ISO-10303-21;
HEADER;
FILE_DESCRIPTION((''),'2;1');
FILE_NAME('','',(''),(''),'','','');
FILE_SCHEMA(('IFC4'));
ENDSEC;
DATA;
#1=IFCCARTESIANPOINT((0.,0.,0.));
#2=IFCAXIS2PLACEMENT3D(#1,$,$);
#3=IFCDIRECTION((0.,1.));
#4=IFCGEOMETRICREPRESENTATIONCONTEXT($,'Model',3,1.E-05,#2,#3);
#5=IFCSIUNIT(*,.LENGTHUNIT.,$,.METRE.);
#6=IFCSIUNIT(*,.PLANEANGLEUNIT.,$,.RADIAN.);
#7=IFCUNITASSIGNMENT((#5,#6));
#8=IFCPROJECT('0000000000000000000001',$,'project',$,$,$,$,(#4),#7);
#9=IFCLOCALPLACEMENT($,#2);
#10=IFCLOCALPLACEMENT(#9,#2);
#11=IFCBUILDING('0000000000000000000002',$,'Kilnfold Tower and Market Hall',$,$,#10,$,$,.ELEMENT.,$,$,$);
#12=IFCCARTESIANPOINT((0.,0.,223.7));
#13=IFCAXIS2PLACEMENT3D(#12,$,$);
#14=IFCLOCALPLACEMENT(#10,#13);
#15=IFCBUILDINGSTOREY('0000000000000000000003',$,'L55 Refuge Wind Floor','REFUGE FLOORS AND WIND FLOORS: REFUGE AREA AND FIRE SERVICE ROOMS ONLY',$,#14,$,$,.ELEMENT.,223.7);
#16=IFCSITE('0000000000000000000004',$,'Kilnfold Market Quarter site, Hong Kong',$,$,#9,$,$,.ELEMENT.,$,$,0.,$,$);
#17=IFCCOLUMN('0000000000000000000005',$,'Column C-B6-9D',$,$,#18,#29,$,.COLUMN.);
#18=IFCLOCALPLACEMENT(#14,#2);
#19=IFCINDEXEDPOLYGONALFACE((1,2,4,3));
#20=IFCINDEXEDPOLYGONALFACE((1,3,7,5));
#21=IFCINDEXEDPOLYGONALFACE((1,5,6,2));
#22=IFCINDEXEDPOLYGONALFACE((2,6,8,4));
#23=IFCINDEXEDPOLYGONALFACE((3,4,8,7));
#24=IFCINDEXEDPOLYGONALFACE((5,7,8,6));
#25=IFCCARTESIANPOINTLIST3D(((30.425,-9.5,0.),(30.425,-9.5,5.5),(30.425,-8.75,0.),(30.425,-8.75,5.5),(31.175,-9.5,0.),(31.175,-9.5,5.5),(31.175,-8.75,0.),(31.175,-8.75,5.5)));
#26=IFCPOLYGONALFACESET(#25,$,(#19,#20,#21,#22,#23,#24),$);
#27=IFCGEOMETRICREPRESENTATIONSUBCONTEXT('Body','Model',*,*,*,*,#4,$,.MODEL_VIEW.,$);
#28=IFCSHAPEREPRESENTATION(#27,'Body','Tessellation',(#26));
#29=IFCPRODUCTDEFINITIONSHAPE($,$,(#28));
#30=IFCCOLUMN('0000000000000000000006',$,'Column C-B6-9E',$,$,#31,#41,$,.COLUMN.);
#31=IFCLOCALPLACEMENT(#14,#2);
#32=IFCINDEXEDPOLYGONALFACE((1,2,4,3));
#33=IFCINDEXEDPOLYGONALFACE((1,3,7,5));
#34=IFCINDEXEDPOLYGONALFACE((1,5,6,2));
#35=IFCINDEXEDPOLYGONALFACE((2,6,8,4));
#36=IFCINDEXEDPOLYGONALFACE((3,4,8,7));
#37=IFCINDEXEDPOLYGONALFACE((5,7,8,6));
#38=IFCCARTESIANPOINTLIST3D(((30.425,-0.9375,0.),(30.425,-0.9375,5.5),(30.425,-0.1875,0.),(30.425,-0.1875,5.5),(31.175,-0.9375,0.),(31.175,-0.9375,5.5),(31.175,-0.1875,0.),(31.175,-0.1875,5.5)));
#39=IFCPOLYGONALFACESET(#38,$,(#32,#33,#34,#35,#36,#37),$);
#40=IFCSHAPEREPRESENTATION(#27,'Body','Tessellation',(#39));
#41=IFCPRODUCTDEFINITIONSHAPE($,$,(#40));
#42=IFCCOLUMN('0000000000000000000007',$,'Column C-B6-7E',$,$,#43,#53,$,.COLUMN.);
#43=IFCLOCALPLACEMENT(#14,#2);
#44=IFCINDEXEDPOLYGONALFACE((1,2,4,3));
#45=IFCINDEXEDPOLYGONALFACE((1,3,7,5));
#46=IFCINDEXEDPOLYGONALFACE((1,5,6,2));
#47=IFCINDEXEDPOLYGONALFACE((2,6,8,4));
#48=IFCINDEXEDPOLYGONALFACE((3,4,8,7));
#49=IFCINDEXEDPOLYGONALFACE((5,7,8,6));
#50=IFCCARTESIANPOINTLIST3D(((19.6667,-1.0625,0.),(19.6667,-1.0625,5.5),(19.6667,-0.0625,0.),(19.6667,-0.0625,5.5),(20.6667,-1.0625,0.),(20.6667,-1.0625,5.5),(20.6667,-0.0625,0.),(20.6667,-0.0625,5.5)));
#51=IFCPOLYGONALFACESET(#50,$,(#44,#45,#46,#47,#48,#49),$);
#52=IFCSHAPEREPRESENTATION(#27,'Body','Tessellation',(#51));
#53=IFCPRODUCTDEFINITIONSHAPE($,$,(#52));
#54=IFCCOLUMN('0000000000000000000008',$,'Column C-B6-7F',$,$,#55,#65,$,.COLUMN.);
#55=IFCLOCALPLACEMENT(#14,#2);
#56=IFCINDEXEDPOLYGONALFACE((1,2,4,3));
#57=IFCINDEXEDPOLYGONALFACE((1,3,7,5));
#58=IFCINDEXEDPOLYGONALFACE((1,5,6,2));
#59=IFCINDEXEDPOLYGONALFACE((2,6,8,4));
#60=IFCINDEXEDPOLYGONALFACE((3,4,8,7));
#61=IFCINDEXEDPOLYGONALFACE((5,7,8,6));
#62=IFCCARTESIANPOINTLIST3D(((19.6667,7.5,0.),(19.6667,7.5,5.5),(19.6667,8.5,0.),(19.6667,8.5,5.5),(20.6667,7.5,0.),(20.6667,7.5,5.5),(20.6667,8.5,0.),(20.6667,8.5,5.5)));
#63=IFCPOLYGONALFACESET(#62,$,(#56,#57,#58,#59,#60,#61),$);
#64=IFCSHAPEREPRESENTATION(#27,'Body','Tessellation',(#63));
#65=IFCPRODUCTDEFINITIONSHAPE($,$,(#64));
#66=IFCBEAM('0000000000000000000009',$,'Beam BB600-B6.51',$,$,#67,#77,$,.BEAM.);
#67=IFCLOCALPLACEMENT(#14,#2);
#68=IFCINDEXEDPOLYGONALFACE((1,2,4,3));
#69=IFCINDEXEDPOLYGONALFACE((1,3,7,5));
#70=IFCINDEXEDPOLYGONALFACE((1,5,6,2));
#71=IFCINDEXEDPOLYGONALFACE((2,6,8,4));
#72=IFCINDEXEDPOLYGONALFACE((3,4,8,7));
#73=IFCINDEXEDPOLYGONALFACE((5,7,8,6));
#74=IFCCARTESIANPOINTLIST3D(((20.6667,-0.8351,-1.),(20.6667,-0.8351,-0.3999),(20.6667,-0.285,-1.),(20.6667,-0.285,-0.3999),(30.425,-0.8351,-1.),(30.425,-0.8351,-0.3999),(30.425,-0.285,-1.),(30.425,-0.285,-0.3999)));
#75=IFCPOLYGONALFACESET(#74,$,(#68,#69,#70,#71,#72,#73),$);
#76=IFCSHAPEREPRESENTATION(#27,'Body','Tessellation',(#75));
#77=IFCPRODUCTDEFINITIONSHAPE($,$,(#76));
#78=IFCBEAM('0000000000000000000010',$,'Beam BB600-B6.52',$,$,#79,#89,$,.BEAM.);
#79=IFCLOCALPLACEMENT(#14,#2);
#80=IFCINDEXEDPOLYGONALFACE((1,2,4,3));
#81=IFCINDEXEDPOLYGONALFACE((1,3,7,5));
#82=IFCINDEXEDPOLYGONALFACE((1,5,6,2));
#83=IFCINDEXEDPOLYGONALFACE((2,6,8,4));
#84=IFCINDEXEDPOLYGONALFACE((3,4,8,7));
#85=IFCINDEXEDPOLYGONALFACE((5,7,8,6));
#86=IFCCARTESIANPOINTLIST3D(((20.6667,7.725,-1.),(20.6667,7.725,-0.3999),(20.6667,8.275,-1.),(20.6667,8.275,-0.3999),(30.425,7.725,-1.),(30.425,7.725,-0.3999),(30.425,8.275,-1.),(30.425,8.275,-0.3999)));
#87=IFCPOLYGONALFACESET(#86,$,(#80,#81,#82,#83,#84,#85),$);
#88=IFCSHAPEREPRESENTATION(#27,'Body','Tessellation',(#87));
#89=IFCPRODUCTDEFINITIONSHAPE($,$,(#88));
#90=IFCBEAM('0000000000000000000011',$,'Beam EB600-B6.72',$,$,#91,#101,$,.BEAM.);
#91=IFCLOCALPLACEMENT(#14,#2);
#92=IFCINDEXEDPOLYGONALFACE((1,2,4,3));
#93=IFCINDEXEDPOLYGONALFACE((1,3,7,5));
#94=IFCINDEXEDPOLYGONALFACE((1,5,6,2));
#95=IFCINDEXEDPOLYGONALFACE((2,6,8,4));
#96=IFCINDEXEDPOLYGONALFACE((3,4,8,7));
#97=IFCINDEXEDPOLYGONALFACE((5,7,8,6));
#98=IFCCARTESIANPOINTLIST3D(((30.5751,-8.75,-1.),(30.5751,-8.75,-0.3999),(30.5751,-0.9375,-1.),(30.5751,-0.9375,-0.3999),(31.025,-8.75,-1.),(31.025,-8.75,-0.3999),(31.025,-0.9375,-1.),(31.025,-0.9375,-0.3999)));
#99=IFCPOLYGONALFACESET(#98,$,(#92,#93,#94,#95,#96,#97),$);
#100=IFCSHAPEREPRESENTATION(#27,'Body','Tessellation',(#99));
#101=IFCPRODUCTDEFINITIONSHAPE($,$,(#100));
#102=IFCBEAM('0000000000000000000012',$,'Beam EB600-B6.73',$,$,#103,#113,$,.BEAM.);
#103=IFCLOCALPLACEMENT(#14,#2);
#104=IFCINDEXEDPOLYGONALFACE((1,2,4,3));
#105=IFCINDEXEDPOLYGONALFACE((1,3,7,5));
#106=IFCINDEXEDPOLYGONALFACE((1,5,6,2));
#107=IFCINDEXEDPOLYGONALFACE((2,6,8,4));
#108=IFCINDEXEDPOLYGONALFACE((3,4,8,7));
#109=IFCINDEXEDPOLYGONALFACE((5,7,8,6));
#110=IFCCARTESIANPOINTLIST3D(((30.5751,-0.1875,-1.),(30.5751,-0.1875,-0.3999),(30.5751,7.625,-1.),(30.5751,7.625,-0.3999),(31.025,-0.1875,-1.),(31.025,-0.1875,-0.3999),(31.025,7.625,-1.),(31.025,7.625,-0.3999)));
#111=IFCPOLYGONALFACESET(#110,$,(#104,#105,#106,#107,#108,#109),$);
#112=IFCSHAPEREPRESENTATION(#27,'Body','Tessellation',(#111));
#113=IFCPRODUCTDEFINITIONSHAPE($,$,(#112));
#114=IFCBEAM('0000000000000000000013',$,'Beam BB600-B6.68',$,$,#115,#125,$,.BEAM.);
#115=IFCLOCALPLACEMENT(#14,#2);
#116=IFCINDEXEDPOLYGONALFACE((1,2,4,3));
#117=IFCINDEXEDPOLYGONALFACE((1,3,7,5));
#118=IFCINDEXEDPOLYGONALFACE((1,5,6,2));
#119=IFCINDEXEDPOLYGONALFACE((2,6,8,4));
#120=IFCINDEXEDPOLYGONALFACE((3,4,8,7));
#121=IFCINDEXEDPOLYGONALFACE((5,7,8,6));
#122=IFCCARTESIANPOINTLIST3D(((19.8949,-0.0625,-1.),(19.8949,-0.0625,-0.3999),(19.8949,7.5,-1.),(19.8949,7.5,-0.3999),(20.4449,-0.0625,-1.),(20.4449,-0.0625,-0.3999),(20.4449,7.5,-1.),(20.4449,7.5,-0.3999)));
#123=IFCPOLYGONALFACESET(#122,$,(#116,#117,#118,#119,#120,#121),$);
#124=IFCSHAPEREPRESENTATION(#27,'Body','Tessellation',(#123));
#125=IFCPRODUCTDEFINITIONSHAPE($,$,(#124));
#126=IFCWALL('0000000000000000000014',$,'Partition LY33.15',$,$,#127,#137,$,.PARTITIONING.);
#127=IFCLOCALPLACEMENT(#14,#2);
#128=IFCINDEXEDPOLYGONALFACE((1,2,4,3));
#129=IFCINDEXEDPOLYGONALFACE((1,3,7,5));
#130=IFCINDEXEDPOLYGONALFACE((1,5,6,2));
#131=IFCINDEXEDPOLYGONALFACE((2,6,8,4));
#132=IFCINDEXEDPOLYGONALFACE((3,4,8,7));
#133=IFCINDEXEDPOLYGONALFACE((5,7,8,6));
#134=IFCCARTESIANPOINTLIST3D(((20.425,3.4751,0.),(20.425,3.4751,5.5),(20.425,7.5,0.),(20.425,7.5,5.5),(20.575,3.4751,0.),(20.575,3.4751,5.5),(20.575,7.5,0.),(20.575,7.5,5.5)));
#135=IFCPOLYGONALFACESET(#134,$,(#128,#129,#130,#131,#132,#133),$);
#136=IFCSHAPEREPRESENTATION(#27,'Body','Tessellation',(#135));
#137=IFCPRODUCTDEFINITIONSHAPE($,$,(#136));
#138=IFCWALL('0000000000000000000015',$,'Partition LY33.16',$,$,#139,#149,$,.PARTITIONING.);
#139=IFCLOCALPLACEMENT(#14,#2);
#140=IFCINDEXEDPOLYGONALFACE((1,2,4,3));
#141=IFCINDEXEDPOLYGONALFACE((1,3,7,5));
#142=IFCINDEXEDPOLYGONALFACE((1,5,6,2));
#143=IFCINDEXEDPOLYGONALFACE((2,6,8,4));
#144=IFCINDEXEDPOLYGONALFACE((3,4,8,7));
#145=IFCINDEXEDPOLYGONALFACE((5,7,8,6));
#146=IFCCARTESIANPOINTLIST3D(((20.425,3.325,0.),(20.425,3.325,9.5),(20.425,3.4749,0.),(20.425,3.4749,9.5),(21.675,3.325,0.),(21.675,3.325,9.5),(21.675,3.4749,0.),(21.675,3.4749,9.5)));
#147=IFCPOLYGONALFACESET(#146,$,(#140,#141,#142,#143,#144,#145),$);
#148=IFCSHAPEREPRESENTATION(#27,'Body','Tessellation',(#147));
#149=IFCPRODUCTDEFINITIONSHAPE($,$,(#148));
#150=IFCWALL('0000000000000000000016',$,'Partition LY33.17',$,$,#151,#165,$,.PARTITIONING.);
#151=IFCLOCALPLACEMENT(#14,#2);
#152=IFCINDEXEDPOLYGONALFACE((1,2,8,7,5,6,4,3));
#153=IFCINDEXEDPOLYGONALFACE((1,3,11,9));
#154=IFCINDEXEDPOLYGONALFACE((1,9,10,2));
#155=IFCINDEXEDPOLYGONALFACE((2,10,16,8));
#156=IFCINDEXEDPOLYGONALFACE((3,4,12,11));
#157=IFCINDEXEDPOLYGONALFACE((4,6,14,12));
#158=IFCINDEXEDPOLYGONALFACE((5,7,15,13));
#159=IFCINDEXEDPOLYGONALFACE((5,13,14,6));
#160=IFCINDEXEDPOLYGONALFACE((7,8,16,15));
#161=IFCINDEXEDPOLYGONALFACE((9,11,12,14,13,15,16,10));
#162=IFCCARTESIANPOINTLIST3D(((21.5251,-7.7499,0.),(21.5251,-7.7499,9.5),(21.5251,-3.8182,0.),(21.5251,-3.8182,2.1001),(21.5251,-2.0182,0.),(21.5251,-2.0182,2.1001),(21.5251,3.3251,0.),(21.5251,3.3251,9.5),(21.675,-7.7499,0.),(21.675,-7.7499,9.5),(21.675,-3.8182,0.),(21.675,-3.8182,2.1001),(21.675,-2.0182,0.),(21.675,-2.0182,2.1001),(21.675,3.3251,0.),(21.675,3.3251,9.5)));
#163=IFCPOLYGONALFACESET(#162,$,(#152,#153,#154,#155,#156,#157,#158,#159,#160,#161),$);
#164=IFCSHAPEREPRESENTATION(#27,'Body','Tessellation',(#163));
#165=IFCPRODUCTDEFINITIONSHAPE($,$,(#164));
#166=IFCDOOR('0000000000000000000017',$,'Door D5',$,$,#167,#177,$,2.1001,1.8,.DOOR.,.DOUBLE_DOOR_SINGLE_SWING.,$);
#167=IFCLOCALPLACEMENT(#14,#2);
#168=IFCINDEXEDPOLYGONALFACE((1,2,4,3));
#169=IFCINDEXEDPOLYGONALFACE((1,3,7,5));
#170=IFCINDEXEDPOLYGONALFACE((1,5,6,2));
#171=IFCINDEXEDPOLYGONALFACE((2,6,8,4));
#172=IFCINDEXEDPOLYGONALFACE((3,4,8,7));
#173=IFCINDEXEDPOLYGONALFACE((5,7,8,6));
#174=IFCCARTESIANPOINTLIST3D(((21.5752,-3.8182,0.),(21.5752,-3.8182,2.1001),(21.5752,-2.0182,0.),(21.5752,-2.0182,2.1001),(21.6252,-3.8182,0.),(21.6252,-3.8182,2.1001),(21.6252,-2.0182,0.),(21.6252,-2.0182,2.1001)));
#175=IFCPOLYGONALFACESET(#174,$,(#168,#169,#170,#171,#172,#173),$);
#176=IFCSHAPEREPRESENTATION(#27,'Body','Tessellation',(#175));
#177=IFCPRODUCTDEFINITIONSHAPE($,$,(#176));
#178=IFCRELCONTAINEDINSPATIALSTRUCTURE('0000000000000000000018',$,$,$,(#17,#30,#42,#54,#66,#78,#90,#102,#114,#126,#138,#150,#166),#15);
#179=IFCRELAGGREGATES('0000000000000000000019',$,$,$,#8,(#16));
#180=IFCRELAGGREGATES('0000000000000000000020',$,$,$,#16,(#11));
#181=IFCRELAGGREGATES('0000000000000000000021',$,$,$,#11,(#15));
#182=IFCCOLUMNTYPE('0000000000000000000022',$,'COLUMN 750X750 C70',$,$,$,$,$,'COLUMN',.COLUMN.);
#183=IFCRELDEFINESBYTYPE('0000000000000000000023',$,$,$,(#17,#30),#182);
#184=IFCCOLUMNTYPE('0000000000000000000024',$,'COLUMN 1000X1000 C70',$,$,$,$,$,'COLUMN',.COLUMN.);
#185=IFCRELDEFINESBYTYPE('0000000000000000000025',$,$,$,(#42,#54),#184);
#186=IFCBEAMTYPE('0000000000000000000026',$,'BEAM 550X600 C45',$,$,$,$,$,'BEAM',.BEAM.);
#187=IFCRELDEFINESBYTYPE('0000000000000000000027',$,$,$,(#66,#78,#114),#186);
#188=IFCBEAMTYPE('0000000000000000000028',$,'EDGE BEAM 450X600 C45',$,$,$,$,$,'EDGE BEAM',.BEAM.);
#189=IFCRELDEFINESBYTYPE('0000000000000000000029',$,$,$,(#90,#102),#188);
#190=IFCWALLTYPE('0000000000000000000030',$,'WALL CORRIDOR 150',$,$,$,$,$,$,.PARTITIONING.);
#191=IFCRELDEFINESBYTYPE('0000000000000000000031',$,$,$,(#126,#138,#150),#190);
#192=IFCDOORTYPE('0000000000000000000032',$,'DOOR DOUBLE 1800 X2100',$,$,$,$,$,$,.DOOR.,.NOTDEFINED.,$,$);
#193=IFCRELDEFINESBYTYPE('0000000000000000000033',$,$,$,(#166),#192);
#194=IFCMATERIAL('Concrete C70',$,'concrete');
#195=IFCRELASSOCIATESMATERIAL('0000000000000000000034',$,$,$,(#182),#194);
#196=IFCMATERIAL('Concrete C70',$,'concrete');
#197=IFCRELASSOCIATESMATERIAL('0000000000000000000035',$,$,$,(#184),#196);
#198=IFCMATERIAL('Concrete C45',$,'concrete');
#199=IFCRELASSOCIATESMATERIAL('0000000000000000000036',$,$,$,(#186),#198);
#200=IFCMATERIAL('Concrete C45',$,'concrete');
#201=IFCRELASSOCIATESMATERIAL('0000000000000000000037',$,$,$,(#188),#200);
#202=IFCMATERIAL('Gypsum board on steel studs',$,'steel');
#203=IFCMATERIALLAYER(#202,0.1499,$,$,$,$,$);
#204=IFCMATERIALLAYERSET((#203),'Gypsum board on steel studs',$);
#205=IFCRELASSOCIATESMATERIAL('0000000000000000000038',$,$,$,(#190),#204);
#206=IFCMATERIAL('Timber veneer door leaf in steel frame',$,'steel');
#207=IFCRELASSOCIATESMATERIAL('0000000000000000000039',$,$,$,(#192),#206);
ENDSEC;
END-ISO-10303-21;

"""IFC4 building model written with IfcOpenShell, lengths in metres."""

from ifc_helpers import new_model, si_unit, direction, frame, frame_2d, origin, origin_2d, place, context, subcontext, project, spatial, rectangle, extrude, source, transform, mapped, material, layer, layer_set, material_profile, profile_set, type_object, element, fill, save


model = new_model("IFC4")

# Units and contexts
model_context = context("Model", 3, precision=1e-05, world=origin(), true_north=direction((0.0, 1.0)))
body_context = subcontext(model_context, "Body", "Model", "MODEL_VIEW")
ifc_project = project(units=[si_unit("LENGTHUNIT", "METRE"), si_unit("PLANEANGLEUNIT", "RADIAN")], contexts=[model_context])

# Site, building, storey
site_placement = place(None, origin())
site = spatial("IfcSite", under=ifc_project, at=site_placement, Name="Kilnfold Market Quarter site, Hong Kong", CompositionType="ELEMENT", RefElevation=0.0)
building_placement = place(site_placement, origin())
building = spatial("IfcBuilding", under=site, at=building_placement, Name="Kilnfold Tower and Market Hall", CompositionType="ELEMENT")
storey_placement = place(building_placement, frame((0.0, 0.0, 223.7)))
storey = spatial("IfcBuildingStorey", under=building, at=storey_placement, Name="L55 Refuge Wind Floor", Description="REFUGE FLOORS AND WIND FLOORS: REFUGE AREA AND FIRE SERVICE ROOMS ONLY", CompositionType="ELEMENT", Elevation=223.7)

# Columns
ifc_material_1 = material(Name="Concrete C70", Category="concrete")
ifc_material_profile_1 = material_profile(ifc_material_1, rectangle(XDim=0.75, YDim=0.75, at=origin_2d()), Name="RC 750x750")
ifc_profile_set_1 = profile_set([ifc_material_profile_1], Name="Concrete C70")
column_type_1 = type_object("IfcColumnType", Name="COLUMN 750X750 C70", ElementType="COLUMN", PredefinedType="COLUMN", material=ifc_profile_set_1)
shared_shape_1 = source(origin(), body_context, "Body", "SweptSolid", [
    extrude(rectangle(XDim=0.75, YDim=0.75, at=origin_2d()), origin(), (0.0, 0.0, 1.0), 5.5),
])
for number, where, z_axis, x_axis, name in (
    (1, (30.8, -9.125, 0.0), (0.0, 0.0, 1.0), (1.0, 0.0, 0.0), "Column C-B6-9D"),
    (2, (30.8, -0.5625, 0.0), (0.0, 0.0, 1.0), (1.0, 0.0, 0.0), "Column C-B6-9E"),
):
    element("IfcColumn", number, at=place(storey_placement, frame(where, z_axis=z_axis, x_axis=x_axis)), inside=storey, type_object=column_type_1, Name=name, PredefinedType="COLUMN", context=body_context, shape_type="MappedRepresentation", body=[
        mapped(shared_shape_1, transform((0.0, 0.0, 0.0))),
    ])
ifc_material_2 = material(Name="Concrete C70", Category="concrete")
ifc_material_profile_2 = material_profile(ifc_material_2, rectangle(XDim=1.0, YDim=1.0, at=origin_2d()), Name="RC 1000x1000")
ifc_profile_set_2 = profile_set([ifc_material_profile_2], Name="Concrete C70")
column_type_2 = type_object("IfcColumnType", Name="COLUMN 1000X1000 C70", ElementType="COLUMN", PredefinedType="COLUMN", material=ifc_profile_set_2)
shared_shape_2 = source(origin(), body_context, "Body", "SweptSolid", [
    extrude(rectangle(XDim=1.0, YDim=1.0, at=origin_2d()), origin(), (0.0, 0.0, 1.0), 5.5),
])
for number, where, z_axis, x_axis, name in (
    (3, (20.1667, -0.5625, 0.0), (0.0, 0.0, 1.0), (1.0, 0.0, 0.0), "Column C-B6-7E"),
    (4, (20.1667, 8.0, 0.0), (0.0, 0.0, 1.0), (1.0, 0.0, 0.0), "Column C-B6-7F"),
):
    element("IfcColumn", number, at=place(storey_placement, frame(where, z_axis=z_axis, x_axis=x_axis)), inside=storey, type_object=column_type_2, Name=name, PredefinedType="COLUMN", context=body_context, shape_type="MappedRepresentation", body=[
        mapped(shared_shape_2, transform((0.0, 0.0, 0.0))),
    ])

# Beams
ifc_material_3 = material(Name="Concrete C45", Category="concrete")
ifc_material_profile_3 = material_profile(ifc_material_3, rectangle(XDim=0.55, YDim=0.6001, at=origin_2d()), Name="RC 550x600")
ifc_profile_set_3 = profile_set([ifc_material_profile_3], Name="Concrete C45")
beam_type_1 = type_object("IfcBeamType", Name="BEAM 550X600 C45", ElementType="BEAM", PredefinedType="BEAM", material=ifc_profile_set_3)
shared_shape_3 = source(origin(), body_context, "Body", "SweptSolid", [
    extrude(rectangle(XDim=0.55, YDim=0.6001, at=origin_2d()), origin(), (0.0, 0.0, 1.0), 9.7583),
])
for number, where, z_axis, x_axis, name in (
    (5, (20.6667, -0.5601, -0.7), (1.0, 0.0, 0.0), (0.0, 1.0, 0.0), "Beam BB600-B6.51"),
    (6, (20.6667, 8.0, -0.7), (1.0, 0.0, 0.0), (0.0, 1.0, 0.0), "Beam BB600-B6.52"),
):
    element("IfcBeam", number, at=place(storey_placement, frame(where, z_axis=z_axis, x_axis=x_axis)), inside=storey, type_object=beam_type_1, Name=name, PredefinedType="BEAM", context=body_context, shape_type="MappedRepresentation", body=[
        mapped(shared_shape_3, transform((0.0, 0.0, 0.0))),
    ])
ifc_material_4 = material(Name="Concrete C45", Category="concrete")
ifc_material_profile_4 = material_profile(ifc_material_4, rectangle(XDim=0.45, YDim=0.6001, at=origin_2d()), Name="RC 450x600")
ifc_profile_set_4 = profile_set([ifc_material_profile_4], Name="Concrete C45")
beam_type_2 = type_object("IfcBeamType", Name="EDGE BEAM 450X600 C45", ElementType="EDGE BEAM", PredefinedType="BEAM", material=ifc_profile_set_4)
shared_shape_4 = source(origin(), body_context, "Body", "SweptSolid", [
    extrude(rectangle(XDim=0.45, YDim=0.6001, at=origin_2d()), origin(), (0.0, 0.0, 1.0), 7.8125),
])
for number, where, z_axis, x_axis, name in (
    (7, (30.8, -8.75, -0.7), (0.0, 1.0, 0.0), (-1.0, 0.0, 0.0), "Beam EB600-B6.72"),
    (8, (30.8, -0.1875, -0.7), (0.0, 1.0, 0.0), (-1.0, 0.0, 0.0), "Beam EB600-B6.73"),
):
    element("IfcBeam", number, at=place(storey_placement, frame(where, z_axis=z_axis, x_axis=x_axis)), inside=storey, type_object=beam_type_2, Name=name, PredefinedType="BEAM", context=body_context, shape_type="MappedRepresentation", body=[
        mapped(shared_shape_4, transform((0.0, 0.0, 0.0))),
    ])
shared_shape_5 = source(origin(), body_context, "Body", "SweptSolid", [
    extrude(rectangle(XDim=0.55, YDim=0.6001, at=origin_2d()), origin(), (0.0, 0.0, 1.0), 7.5625),
])
beam_placement = place(storey_placement, frame((20.1699, -0.0625, -0.7), z_axis=(0.0, 1.0, 0.0), x_axis=(-1.0, 0.0, 0.0)))
element("IfcBeam", 9, at=beam_placement, inside=storey, type_object=beam_type_1, Name="Beam BB600-B6.68", PredefinedType="BEAM", context=body_context, shape_type="MappedRepresentation", body=[
    mapped(shared_shape_5, transform((0.0, 0.0, 0.0))),
])

# Walls
ifc_material_5 = material(Name="Gypsum board on steel studs", Category="steel")
ifc_layer_1 = layer(ifc_material_5, 0.1499)
ifc_layer_set_1 = layer_set([ifc_layer_1], Name="Gypsum board on steel studs")
wall_type_1 = type_object("IfcWallType", Name="WALL CORRIDOR 150", PredefinedType="PARTITIONING", material=ifc_layer_set_1)
wall_1_placement = place(storey_placement, frame((20.5, 3.4751, 0.0), z_axis=(0.0, 0.0, 1.0), x_axis=(0.0, 1.0, 0.0)))
element("IfcWall", 10, at=wall_1_placement, inside=storey, type_object=wall_type_1, Name="Partition LY33.15", PredefinedType="PARTITIONING", context=body_context, shape_type="SweptSolid", body=[
    extrude(rectangle(XDim=4.0249, YDim=0.1499, at=frame_2d((2.0125, 0.0))), origin(), (0.0, 0.0, 1.0), 5.5),
])
wall_2_placement = place(storey_placement, frame((21.675, 3.3999, 0.0), z_axis=(0.0, 0.0, 1.0), x_axis=(-1.0, 0.0, 0.0)))
element("IfcWall", 11, at=wall_2_placement, inside=storey, type_object=wall_type_1, Name="Partition LY33.16", PredefinedType="PARTITIONING", context=body_context, shape_type="SweptSolid", body=[
    extrude(rectangle(XDim=1.25, YDim=0.1499, at=frame_2d((0.625, 0.0))), origin(), (0.0, 0.0, 1.0), 9.5),
])

# Wall, opening, door
wall_3_placement = place(storey_placement, frame((21.6001, -7.75, 0.0), z_axis=(0.0, 0.0, 1.0), x_axis=(0.0, 1.0, 0.0)))
wall_3 = element("IfcWall", 12, at=wall_3_placement, inside=storey, type_object=wall_type_1, Name="Partition LY33.17", PredefinedType="PARTITIONING", context=body_context, shape_type="SweptSolid", body=[
    extrude(rectangle(XDim=11.075, YDim=0.1499, at=frame_2d((5.5376, 0.0))), origin(), (0.0, 0.0, 1.0), 9.5),
])
opening_placement = place(wall_3_placement, frame((3.9319, 0.0, 0.0)))
opening = element("IfcOpeningElement", 13, at=opening_placement, cuts=wall_3, PredefinedType="OPENING", context=body_context, shape_type="SweptSolid", body=[
    extrude(rectangle(XDim=1.8, YDim=2.1001, at=frame_2d((0.8999, 1.05))), frame((0.0, 0.085, 0.0), z_axis=(0.0, -1.0, 0.0), x_axis=(1.0, 0.0, 0.0)), (0.0, 0.0, 1.0), 0.1699),
])
ifc_material_6 = material(Name="Timber veneer door leaf in steel frame", Category="steel")
door_type = type_object("IfcDoorType", Name="DOOR DOUBLE 1800 X2100", OperationType="NOTDEFINED", PredefinedType="DOOR", material=ifc_material_6)
door_placement = place(opening_placement, origin())
door = element("IfcDoor", 14, at=door_placement, inside=storey, type_object=door_type, Name="Door D5", OperationType="DOUBLE_DOOR_SINGLE_SWING", OverallHeight=2.1001, OverallWidth=1.8, PredefinedType="DOOR", context=body_context, shape_type="SweptSolid", body=[
    extrude(rectangle(XDim=1.8, YDim=2.1001, at=frame_2d((0.8999, 1.05))), frame((0.0, 0.0249, 0.0), z_axis=(0.0, -1.0, 0.0), x_axis=(1.0, 0.0, 0.0)), (0.0, 0.0, 1.0), 0.05),
])
fill(opening, door)

save(model, "model.ifc")
